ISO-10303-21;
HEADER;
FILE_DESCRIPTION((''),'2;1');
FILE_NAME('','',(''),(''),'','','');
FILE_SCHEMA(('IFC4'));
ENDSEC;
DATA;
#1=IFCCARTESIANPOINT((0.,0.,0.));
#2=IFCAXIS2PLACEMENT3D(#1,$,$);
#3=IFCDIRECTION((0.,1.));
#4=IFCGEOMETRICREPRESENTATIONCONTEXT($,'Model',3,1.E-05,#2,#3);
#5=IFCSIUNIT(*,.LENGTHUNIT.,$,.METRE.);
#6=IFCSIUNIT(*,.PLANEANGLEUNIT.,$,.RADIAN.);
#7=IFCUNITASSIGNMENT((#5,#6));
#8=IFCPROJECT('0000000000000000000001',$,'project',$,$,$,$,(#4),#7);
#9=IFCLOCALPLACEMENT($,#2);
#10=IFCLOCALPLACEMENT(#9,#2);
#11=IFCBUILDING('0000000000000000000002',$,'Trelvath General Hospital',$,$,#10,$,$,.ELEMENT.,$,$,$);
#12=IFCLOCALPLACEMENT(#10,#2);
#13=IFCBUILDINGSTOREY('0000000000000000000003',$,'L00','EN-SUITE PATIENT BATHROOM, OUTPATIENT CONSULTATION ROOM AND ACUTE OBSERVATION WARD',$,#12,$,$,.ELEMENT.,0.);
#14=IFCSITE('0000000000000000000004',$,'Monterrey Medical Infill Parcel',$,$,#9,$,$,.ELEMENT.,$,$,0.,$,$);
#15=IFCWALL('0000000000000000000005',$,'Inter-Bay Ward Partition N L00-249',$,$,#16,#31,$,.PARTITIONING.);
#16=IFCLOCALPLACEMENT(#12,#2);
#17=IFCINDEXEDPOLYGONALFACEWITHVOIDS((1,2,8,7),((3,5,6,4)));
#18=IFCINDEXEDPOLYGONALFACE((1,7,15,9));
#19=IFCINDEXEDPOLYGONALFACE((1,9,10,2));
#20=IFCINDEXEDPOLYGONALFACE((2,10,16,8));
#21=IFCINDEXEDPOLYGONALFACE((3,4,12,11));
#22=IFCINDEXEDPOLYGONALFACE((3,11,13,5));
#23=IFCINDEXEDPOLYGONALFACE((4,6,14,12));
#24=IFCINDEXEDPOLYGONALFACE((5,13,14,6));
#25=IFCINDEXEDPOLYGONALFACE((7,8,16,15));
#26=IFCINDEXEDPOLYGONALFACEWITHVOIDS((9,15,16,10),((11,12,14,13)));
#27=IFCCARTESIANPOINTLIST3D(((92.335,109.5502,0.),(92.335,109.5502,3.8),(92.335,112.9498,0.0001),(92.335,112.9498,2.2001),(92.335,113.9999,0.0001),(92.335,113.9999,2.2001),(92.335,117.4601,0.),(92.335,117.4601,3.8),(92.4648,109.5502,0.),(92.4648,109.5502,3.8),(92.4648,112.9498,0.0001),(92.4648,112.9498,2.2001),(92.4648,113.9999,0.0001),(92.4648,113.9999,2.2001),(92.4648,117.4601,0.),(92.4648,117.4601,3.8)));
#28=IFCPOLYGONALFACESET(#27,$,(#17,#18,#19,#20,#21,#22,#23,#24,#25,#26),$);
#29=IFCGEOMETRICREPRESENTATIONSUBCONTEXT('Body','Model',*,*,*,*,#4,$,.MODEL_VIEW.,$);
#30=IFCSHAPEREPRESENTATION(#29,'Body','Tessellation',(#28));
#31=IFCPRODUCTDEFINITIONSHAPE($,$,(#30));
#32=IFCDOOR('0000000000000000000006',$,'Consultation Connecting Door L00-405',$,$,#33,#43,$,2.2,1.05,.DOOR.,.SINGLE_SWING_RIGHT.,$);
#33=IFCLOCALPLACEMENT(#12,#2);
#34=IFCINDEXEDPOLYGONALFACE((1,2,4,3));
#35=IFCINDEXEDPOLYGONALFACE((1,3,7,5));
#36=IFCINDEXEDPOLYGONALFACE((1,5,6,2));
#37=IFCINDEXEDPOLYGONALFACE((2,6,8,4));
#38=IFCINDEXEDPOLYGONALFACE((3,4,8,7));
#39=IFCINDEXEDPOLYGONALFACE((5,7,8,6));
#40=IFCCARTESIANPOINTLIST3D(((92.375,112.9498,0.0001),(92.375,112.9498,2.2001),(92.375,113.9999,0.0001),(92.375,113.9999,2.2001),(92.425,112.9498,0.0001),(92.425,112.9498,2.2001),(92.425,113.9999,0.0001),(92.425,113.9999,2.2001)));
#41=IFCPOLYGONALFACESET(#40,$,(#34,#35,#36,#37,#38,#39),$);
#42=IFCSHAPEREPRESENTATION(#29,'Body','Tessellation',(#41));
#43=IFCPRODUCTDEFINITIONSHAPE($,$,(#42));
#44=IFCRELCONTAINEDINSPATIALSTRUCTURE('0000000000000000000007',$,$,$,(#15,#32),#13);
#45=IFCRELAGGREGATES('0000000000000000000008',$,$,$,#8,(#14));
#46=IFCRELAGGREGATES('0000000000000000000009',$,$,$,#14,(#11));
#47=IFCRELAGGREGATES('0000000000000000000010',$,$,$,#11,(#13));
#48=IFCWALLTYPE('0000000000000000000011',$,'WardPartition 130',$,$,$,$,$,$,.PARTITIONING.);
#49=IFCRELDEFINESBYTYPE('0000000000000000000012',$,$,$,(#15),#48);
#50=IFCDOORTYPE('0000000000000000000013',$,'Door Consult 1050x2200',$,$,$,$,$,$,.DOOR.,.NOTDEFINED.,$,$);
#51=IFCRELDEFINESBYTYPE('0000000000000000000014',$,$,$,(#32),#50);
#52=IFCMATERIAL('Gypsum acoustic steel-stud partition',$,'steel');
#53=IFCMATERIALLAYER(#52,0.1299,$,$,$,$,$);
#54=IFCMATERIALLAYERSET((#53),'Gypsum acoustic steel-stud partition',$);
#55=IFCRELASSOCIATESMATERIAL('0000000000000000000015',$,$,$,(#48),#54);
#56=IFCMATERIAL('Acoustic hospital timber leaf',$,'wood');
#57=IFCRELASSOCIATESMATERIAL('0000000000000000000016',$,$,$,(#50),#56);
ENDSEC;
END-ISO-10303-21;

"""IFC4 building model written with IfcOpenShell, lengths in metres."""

from ifc_helpers import new_model, si_unit, direction, frame, frame_2d, origin, place, context, subcontext, project, spatial, rectangle, extrude, material, layer, layer_set, type_object, element, fill, save


model = new_model("IFC4")

# Units and contexts
model_context = context("Model", 3, precision=1e-05, world=origin(), true_north=direction((0.0, 1.0)))
body_context = subcontext(model_context, "Body", "Model", "MODEL_VIEW")
ifc_project = project(units=[si_unit("LENGTHUNIT", "METRE"), si_unit("PLANEANGLEUNIT", "RADIAN")], contexts=[model_context])

# Site, building, storey
site_placement = place(None, origin())
site = spatial("IfcSite", under=ifc_project, at=site_placement, Name="Monterrey Medical Infill Parcel", CompositionType="ELEMENT", RefElevation=0.0)
building_placement = place(site_placement, origin())
building = spatial("IfcBuilding", under=site, at=building_placement, Name="Trelvath General Hospital", CompositionType="ELEMENT")
storey_placement = place(building_placement, origin())
storey = spatial("IfcBuildingStorey", under=building, at=storey_placement, Name="L00", Description="EN-SUITE PATIENT BATHROOM, OUTPATIENT CONSULTATION ROOM AND ACUTE OBSERVATION WARD", CompositionType="ELEMENT", Elevation=0.0)

# Wall, opening, door
ifc_material_1 = material(Name="Gypsum acoustic steel-stud partition", Category="steel")
ifc_layer_1 = layer(ifc_material_1, 0.1299)
ifc_layer_set_1 = layer_set([ifc_layer_1], Name="Gypsum acoustic steel-stud partition")
wall_type_1 = type_object("IfcWallType", Name="WardPartition 130", PredefinedType="PARTITIONING", material=ifc_layer_set_1)
wall_1_placement = place(storey_placement, frame((92.3999, 109.55, 0.0), z_axis=(0.0, 0.0, 1.0), x_axis=(0.0, 1.0, 0.0)))
wall_1 = element("IfcWall", 1, at=wall_1_placement, inside=storey, type_object=wall_type_1, Name="Inter-Bay Ward Partition N L00-249", PredefinedType="PARTITIONING", context=body_context, shape_type="SweptSolid", body=[
    extrude(rectangle(XDim=7.9099, YDim=0.1299, at=frame_2d((3.9551, 0.0))), origin(), (0.0, 0.0, 1.0), 3.8),
])
opening_1_placement = place(wall_1_placement, frame((3.3999, 0.0, 0.0)))
opening_1 = element("IfcOpeningElement", 2, at=opening_1_placement, cuts=wall_1, PredefinedType="OPENING", context=body_context, shape_type="SweptSolid", body=[
    extrude(rectangle(XDim=1.05, YDim=2.2, at=frame_2d((0.5249, 1.1001))), frame((0.0, 0.075, 0.0), z_axis=(0.0, -1.0, 0.0), x_axis=(1.0, 0.0, 0.0)), (0.0, 0.0, 1.0), 0.1499),
])
ifc_material_2 = material(Name="Acoustic hospital timber leaf", Category="wood")
door_type_1 = type_object("IfcDoorType", Name="Door Consult 1050x2200", OperationType="NOTDEFINED", PredefinedType="DOOR", material=ifc_material_2)
door_1_placement = place(opening_1_placement, origin())
door_1 = element("IfcDoor", 3, at=door_1_placement, inside=storey, type_object=door_type_1, Name="Consultation Connecting Door L00-405", OperationType="SINGLE_SWING_RIGHT", OverallHeight=2.2, OverallWidth=1.05, PredefinedType="DOOR", context=body_context, shape_type="SweptSolid", body=[
    extrude(rectangle(XDim=1.05, YDim=2.2, at=frame_2d((0.5249, 1.1001))), frame((0.0, 0.0249, 0.0), z_axis=(0.0, -1.0, 0.0), x_axis=(1.0, 0.0, 0.0)), (0.0, 0.0, 1.0), 0.05),
])
fill(opening_1, door_1)

save(model, "model.ifc")
